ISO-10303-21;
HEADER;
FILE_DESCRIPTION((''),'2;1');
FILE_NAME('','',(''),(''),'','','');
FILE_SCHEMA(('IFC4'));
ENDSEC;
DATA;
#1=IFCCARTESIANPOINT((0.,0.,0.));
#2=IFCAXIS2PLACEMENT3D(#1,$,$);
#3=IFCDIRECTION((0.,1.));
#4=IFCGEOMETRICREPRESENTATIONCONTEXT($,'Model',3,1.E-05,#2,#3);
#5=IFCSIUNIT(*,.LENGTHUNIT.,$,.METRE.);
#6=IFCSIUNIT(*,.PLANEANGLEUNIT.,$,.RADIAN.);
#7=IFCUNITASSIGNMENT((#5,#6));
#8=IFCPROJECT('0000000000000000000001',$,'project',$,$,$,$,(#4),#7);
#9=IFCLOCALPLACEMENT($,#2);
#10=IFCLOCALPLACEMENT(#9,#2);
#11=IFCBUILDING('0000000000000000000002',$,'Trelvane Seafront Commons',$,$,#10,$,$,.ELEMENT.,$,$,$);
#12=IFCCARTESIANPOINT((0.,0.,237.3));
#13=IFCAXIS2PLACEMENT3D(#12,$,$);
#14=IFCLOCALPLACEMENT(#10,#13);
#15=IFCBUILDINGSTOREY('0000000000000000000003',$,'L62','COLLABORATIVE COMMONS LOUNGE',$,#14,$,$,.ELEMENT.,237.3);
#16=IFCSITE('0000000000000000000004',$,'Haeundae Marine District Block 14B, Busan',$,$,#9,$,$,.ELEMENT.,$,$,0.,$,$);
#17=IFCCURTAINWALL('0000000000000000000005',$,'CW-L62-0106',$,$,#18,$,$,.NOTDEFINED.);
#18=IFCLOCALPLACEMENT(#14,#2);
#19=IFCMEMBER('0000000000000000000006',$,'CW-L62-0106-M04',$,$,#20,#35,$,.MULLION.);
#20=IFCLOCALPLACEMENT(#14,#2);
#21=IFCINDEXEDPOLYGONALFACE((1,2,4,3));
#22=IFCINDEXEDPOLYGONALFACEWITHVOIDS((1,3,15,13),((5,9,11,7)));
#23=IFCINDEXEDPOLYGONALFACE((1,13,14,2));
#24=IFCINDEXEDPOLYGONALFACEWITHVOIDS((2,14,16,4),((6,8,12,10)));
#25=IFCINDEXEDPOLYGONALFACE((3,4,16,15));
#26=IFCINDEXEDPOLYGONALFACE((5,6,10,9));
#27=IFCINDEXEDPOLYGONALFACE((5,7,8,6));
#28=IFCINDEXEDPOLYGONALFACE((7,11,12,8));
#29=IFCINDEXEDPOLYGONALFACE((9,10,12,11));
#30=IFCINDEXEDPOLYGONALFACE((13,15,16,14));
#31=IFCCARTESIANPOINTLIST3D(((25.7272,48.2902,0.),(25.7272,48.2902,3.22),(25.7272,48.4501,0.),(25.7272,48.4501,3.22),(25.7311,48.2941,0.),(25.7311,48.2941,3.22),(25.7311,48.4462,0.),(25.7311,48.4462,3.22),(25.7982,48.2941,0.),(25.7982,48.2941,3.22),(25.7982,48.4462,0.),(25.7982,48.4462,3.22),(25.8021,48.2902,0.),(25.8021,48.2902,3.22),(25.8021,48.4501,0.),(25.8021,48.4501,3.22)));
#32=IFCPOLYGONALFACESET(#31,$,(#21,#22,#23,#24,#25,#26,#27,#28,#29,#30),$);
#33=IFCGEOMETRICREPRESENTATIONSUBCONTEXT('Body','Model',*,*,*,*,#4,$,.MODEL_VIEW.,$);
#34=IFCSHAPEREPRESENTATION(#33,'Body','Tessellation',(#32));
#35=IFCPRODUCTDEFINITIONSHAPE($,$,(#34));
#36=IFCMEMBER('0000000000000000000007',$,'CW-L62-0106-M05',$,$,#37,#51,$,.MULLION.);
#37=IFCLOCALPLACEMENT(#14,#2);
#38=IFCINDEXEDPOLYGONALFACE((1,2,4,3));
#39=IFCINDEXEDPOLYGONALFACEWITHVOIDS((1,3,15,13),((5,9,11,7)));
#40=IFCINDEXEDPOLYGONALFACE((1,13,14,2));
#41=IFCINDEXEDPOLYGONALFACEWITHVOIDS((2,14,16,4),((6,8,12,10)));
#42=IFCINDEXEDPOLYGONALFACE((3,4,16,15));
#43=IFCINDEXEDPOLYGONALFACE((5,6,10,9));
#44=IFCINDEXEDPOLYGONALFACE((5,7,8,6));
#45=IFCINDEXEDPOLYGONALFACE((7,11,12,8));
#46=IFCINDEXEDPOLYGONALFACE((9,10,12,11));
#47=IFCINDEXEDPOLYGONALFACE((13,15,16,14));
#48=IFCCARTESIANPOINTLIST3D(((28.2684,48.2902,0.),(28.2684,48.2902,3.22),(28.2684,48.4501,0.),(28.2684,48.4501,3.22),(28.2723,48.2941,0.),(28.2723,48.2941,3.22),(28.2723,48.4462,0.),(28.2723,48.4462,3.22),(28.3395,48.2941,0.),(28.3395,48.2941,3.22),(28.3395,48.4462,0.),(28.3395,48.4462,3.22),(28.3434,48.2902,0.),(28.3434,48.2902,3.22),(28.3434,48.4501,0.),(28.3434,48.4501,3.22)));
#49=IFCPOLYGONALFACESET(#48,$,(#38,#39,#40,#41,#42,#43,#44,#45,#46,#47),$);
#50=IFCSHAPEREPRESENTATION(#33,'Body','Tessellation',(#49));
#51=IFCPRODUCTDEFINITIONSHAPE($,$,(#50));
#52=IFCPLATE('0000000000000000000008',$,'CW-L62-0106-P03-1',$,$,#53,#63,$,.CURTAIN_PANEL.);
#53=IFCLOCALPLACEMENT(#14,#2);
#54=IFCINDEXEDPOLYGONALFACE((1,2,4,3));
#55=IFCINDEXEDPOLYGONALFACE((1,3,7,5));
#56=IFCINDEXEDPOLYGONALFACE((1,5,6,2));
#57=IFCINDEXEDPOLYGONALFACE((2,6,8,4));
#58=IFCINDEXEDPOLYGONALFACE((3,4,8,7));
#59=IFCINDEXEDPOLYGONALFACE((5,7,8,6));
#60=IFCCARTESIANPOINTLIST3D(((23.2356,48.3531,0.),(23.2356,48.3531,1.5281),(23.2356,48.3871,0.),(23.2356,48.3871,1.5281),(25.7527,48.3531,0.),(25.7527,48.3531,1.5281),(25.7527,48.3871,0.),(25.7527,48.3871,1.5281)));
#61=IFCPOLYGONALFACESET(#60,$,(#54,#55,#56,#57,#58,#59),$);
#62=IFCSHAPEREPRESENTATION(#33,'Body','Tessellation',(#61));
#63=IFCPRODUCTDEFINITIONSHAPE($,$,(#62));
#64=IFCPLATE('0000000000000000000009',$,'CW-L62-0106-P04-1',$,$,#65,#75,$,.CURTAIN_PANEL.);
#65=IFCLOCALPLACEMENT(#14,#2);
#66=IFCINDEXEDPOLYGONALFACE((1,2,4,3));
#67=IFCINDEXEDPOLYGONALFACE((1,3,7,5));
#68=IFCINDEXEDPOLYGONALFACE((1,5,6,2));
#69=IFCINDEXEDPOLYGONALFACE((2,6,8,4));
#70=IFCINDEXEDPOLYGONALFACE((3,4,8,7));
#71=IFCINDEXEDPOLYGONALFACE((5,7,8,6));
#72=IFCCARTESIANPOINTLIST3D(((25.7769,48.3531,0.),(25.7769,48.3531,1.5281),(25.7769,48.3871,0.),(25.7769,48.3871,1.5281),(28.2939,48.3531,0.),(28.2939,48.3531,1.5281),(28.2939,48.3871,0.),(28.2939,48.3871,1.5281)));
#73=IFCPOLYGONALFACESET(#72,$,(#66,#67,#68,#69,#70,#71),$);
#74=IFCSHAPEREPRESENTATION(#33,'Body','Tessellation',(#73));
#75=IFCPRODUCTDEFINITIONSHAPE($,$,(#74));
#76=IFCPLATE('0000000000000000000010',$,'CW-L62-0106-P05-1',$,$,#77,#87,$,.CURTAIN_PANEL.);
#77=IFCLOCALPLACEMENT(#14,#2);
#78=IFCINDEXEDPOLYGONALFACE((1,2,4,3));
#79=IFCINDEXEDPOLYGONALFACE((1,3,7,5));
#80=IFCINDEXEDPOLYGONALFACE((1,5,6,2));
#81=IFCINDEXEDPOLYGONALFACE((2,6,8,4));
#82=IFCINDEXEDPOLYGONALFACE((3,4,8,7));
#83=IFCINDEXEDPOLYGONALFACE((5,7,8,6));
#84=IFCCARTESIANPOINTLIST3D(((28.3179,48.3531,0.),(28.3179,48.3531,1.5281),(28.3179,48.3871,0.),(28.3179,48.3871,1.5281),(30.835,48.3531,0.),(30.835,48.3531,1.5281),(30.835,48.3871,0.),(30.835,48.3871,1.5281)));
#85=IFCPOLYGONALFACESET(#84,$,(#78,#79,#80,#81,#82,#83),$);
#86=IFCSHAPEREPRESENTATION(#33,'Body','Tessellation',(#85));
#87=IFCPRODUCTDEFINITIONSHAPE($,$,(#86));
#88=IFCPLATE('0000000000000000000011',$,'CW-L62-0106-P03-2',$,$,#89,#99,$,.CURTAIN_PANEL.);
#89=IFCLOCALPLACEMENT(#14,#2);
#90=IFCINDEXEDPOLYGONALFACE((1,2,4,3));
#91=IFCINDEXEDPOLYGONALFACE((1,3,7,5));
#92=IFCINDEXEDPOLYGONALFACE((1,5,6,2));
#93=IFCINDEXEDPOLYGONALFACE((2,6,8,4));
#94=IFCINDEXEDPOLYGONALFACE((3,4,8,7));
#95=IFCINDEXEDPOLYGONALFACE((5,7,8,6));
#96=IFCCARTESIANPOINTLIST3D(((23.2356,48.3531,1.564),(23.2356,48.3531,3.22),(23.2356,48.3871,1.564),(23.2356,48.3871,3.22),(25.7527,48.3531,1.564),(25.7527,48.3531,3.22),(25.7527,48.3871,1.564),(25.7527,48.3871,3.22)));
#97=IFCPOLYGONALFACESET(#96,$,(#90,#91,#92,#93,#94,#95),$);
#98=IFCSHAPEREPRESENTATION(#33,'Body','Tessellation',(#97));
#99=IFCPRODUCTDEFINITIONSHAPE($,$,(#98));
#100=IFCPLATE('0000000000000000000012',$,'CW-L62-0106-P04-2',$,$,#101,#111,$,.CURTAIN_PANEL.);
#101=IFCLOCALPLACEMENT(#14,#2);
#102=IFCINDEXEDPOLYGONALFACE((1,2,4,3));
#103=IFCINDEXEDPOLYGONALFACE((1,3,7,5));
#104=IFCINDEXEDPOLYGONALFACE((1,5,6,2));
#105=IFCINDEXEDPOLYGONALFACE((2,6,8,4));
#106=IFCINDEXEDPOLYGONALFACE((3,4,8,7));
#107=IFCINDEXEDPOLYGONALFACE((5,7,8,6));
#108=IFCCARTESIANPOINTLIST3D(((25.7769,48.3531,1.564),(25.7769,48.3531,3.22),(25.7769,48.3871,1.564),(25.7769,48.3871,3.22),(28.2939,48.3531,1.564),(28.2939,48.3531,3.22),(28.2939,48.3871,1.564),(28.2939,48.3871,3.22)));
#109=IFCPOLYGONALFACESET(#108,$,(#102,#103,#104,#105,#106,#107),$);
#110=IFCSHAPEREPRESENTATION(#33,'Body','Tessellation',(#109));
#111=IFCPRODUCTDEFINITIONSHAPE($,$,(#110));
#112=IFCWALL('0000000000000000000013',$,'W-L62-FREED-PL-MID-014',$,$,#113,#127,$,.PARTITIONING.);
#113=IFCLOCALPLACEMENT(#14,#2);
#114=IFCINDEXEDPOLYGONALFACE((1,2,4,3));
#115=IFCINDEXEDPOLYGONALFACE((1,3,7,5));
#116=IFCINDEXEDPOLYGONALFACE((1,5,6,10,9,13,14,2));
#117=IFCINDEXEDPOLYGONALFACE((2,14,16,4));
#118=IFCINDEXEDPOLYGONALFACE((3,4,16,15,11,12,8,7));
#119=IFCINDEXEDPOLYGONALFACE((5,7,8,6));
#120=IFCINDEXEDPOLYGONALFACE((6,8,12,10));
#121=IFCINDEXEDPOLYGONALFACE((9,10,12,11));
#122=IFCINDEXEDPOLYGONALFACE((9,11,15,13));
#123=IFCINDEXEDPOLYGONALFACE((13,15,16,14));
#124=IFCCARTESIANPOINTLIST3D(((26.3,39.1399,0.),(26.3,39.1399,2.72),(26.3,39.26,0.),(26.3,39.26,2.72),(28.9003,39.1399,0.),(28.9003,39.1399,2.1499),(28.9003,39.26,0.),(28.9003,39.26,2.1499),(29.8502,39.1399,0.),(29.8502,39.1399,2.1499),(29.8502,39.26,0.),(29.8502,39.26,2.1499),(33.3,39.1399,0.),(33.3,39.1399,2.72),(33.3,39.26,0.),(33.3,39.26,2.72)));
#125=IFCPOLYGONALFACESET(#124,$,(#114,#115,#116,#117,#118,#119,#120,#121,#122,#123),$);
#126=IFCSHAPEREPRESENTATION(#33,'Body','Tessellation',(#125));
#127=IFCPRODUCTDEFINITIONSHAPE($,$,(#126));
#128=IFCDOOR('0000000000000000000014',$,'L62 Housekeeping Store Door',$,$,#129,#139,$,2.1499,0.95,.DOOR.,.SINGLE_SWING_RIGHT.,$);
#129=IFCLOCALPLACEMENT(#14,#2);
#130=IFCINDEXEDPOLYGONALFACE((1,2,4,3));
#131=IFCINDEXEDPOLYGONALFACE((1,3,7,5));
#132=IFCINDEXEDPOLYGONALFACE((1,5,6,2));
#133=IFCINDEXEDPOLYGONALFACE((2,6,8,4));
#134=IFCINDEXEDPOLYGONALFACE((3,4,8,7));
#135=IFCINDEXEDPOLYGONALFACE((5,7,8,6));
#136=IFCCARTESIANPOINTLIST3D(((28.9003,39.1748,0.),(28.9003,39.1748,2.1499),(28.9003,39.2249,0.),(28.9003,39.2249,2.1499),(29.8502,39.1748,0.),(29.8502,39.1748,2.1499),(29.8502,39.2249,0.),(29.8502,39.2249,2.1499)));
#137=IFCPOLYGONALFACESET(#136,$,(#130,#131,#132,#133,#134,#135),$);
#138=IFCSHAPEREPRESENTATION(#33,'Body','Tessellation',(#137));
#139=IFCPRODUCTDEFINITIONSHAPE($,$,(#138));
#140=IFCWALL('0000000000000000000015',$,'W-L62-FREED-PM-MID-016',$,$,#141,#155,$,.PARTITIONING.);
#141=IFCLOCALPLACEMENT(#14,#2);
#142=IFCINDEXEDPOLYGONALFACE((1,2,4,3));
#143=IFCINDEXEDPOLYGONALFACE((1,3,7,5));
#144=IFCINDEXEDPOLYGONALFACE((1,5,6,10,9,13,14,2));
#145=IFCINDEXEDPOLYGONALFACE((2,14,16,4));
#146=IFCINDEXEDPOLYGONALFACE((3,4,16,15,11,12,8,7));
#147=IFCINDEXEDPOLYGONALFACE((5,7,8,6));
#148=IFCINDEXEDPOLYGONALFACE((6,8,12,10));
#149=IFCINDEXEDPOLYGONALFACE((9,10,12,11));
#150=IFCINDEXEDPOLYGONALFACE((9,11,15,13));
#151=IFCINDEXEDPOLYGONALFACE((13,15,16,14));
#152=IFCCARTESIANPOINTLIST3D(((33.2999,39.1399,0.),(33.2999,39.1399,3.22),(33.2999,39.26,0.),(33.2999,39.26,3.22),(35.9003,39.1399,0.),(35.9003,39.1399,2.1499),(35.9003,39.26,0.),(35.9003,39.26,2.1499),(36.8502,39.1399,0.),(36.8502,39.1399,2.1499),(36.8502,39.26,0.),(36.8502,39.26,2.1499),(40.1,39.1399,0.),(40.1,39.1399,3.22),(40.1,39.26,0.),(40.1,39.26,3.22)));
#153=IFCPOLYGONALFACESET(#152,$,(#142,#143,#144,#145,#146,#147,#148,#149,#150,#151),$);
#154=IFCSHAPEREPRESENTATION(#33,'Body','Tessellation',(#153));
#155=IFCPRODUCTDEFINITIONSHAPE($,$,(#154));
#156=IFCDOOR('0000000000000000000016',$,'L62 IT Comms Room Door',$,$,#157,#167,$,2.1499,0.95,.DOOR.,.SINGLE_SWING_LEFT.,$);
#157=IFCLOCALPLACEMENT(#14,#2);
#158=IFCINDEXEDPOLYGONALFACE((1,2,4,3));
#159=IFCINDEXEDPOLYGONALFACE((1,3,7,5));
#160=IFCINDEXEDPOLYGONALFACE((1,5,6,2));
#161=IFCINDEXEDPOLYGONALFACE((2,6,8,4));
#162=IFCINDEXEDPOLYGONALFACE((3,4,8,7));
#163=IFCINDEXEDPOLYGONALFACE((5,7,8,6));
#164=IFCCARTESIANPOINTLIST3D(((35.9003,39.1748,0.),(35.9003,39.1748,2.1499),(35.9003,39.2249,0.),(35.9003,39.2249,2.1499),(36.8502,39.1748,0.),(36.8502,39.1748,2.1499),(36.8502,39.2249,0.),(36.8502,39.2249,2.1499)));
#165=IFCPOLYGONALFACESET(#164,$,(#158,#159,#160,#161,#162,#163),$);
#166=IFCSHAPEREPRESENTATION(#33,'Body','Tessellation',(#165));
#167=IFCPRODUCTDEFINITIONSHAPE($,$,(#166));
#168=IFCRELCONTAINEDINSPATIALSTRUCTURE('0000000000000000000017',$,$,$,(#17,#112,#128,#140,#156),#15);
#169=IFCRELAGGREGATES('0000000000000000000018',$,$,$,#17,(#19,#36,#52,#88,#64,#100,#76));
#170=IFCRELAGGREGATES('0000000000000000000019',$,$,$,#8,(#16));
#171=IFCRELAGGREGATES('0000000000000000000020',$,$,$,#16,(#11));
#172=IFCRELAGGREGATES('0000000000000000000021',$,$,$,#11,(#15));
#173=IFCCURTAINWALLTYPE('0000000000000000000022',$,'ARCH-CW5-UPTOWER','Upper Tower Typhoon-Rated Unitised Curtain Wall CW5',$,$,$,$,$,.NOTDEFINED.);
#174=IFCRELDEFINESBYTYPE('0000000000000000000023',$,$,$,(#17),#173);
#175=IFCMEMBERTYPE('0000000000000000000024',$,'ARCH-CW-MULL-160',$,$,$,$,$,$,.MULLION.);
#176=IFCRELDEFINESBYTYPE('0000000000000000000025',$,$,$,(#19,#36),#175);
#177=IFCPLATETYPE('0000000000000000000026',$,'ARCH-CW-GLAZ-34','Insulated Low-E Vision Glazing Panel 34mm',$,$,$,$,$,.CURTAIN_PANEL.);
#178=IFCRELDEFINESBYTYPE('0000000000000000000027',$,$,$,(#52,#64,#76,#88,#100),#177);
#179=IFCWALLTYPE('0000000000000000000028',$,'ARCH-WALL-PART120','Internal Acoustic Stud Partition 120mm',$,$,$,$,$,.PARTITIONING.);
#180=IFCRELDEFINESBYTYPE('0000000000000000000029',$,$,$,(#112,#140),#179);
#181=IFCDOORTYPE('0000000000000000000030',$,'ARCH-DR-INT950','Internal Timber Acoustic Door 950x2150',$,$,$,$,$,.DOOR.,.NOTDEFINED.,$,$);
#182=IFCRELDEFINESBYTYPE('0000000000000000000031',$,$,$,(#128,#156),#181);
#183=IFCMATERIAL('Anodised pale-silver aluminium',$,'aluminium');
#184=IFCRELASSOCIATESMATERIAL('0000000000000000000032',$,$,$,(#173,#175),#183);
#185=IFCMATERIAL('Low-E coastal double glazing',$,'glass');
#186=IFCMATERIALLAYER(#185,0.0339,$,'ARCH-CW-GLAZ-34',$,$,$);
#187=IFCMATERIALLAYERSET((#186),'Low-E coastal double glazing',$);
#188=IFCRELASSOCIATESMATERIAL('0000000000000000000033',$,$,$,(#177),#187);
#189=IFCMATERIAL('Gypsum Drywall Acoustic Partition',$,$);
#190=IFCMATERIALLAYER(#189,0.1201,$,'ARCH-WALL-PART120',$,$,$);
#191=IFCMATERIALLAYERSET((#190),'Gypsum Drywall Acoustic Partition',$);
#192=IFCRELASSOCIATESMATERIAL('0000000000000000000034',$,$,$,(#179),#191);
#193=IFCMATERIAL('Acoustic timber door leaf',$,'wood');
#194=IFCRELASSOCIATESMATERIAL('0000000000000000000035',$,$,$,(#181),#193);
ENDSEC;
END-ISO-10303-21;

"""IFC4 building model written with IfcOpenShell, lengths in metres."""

from ifc_helpers import new_model, si_unit, direction, frame, frame_2d, origin, origin_2d, place, context, subcontext, project, spatial, rectangle, hollow_rectangle, extrude, source, transform, mapped, material, layer, layer_set, material_profile, profile_set, type_object, element, fill, aggregate, save


model = new_model("IFC4")

# Units and contexts
model_context = context("Model", 3, precision=1e-05, world=origin(), true_north=direction((0.0, 1.0)))
body_context = subcontext(model_context, "Body", "Model", "MODEL_VIEW")
ifc_project = project(units=[si_unit("LENGTHUNIT", "METRE"), si_unit("PLANEANGLEUNIT", "RADIAN")], contexts=[model_context])

# Site, building, storey
site_placement = place(None, origin())
site = spatial("IfcSite", under=ifc_project, at=site_placement, Name="Haeundae Marine District Block 14B, Busan", CompositionType="ELEMENT", RefElevation=0.0)
building_placement = place(site_placement, origin())
building = spatial("IfcBuilding", under=site, at=building_placement, Name="Trelvane Seafront Commons", CompositionType="ELEMENT")
storey_placement = place(building_placement, frame((0.0, 0.0, 237.3)))
storey = spatial("IfcBuildingStorey", under=building, at=storey_placement, Name="L62", Description="COLLABORATIVE COMMONS LOUNGE", CompositionType="ELEMENT", Elevation=237.3)

# Curtain wall, members, plates
ifc_material_1 = material(Name="Anodised pale-silver aluminium", Category="aluminium")
curtain_wall_type = type_object("IfcCurtainWallType", Name="ARCH-CW5-UPTOWER", Description="Upper Tower Typhoon-Rated Unitised Curtain Wall CW5", PredefinedType="NOTDEFINED", material=ifc_material_1)
curtain_wall_placement = place(storey_placement, origin())
curtain_wall = element("IfcCurtainWall", 1, at=curtain_wall_placement, inside=storey, type_object=curtain_wall_type, Name="CW-L62-0106", PredefinedType="NOTDEFINED")
ifc_material_profile_1 = material_profile(ifc_material_1, hollow_rectangle(XDim=0.075, YDim=0.1599, WallThickness=0.0039, at=origin_2d()), Name="MULL-75x160x4")
ifc_profile_set_1 = profile_set([ifc_material_profile_1], Name="Anodised pale-silver aluminium")
member_type_1 = type_object("IfcMemberType", Name="ARCH-CW-MULL-160", PredefinedType="MULLION", material=ifc_profile_set_1)
shared_shape_1 = source(origin(), body_context, "Body", "SweptSolid", [
    extrude(hollow_rectangle(XDim=0.075, YDim=0.1599, WallThickness=0.0039, at=origin_2d()), origin(), (0.0, 0.0, 1.0), 3.22),
])
member_1_placement = place(storey_placement, frame((25.7646, 48.3701, 0.0), z_axis=(0.0, 0.0, 1.0), x_axis=(1.0, 0.0, 0.0)))
member_1 = element("IfcMember", 2, at=member_1_placement, type_object=member_type_1, Name="CW-L62-0106-M04", PredefinedType="MULLION", context=body_context, shape_type="MappedRepresentation", body=[
    mapped(shared_shape_1, transform((0.0, 0.0, 0.0), x_axis=(1.0, 0.0, 0.0), y_axis=(0.0, 1.0, 0.0), z_axis=(0.0, 0.0, 1.0), scale=1.0)),
])
member_2_placement = place(storey_placement, frame((28.3059, 48.3701, 0.0), z_axis=(0.0, 0.0, 1.0), x_axis=(1.0, 0.0, 0.0)))
member_2 = element("IfcMember", 3, at=member_2_placement, type_object=member_type_1, Name="CW-L62-0106-M05", PredefinedType="MULLION", context=body_context, shape_type="MappedRepresentation", body=[
    mapped(shared_shape_1, transform((0.0, 0.0, 0.0), x_axis=(1.0, 0.0, 0.0), y_axis=(0.0, 1.0, 0.0), z_axis=(0.0, 0.0, 1.0), scale=1.0)),
])
ifc_material_2 = material(Name="Low-E coastal double glazing", Category="glass")
ifc_layer_1 = layer(ifc_material_2, 0.0339, Name="ARCH-CW-GLAZ-34")
ifc_layer_set_1 = layer_set([ifc_layer_1], Name="Low-E coastal double glazing")
plate_type = type_object("IfcPlateType", Name="ARCH-CW-GLAZ-34", Description="Insulated Low-E Vision Glazing Panel 34mm", PredefinedType="CURTAIN_PANEL", material=ifc_layer_set_1)
shared_shape_2 = source(origin(), body_context, "Body", "SweptSolid", [
    extrude(rectangle(XDim=2.5171, YDim=0.0339, at=origin_2d()), origin(), (0.0, 0.0, 1.0), 1.5281),
])
plate_1_placement = place(storey_placement, frame((24.4941, 48.3701, 0.0), z_axis=(0.0, 0.0, 1.0), x_axis=(1.0, 0.0, 0.0)))
plate_1 = element("IfcPlate", 4, at=plate_1_placement, type_object=plate_type, Name="CW-L62-0106-P03-1", PredefinedType="CURTAIN_PANEL", context=body_context, shape_type="MappedRepresentation", body=[
    mapped(shared_shape_2, transform((0.0, 0.0, 0.0), x_axis=(1.0, 0.0, 0.0), y_axis=(0.0, 1.0, 0.0), z_axis=(0.0, 0.0, 1.0), scale=1.0)),
])
plate_2_placement = place(storey_placement, frame((27.0354, 48.3701, 0.0), z_axis=(0.0, 0.0, 1.0), x_axis=(1.0, 0.0, 0.0)))
plate_2 = element("IfcPlate", 5, at=plate_2_placement, type_object=plate_type, Name="CW-L62-0106-P04-1", PredefinedType="CURTAIN_PANEL", context=body_context, shape_type="MappedRepresentation", body=[
    mapped(shared_shape_2, transform((0.0, 0.0, 0.0), x_axis=(1.0, 0.0, 0.0), y_axis=(0.0, 1.0, 0.0), z_axis=(0.0, 0.0, 1.0), scale=1.0)),
])
plate_3_placement = place(storey_placement, frame((29.5764, 48.3701, 0.0), z_axis=(0.0, 0.0, 1.0), x_axis=(1.0, 0.0, 0.0)))
plate_3 = element("IfcPlate", 6, at=plate_3_placement, type_object=plate_type, Name="CW-L62-0106-P05-1", PredefinedType="CURTAIN_PANEL", context=body_context, shape_type="MappedRepresentation", body=[
    mapped(shared_shape_2, transform((0.0, 0.0, 0.0), x_axis=(1.0, 0.0, 0.0), y_axis=(0.0, 1.0, 0.0), z_axis=(0.0, 0.0, 1.0), scale=1.0)),
])
shared_shape_3 = source(origin(), body_context, "Body", "SweptSolid", [
    extrude(rectangle(XDim=2.5171, YDim=0.0339, at=origin_2d()), origin(), (0.0, 0.0, 1.0), 1.656),
])
plate_4_placement = place(storey_placement, frame((24.4941, 48.3701, 1.564), z_axis=(0.0, 0.0, 1.0), x_axis=(1.0, 0.0, 0.0)))
plate_4 = element("IfcPlate", 7, at=plate_4_placement, type_object=plate_type, Name="CW-L62-0106-P03-2", PredefinedType="CURTAIN_PANEL", context=body_context, shape_type="MappedRepresentation", body=[
    mapped(shared_shape_3, transform((0.0, 0.0, 0.0), x_axis=(1.0, 0.0, 0.0), y_axis=(0.0, 1.0, 0.0), z_axis=(0.0, 0.0, 1.0), scale=1.0)),
])
plate_5_placement = place(storey_placement, frame((27.0354, 48.3701, 1.564), z_axis=(0.0, 0.0, 1.0), x_axis=(1.0, 0.0, 0.0)))
plate_5 = element("IfcPlate", 8, at=plate_5_placement, type_object=plate_type, Name="CW-L62-0106-P04-2", PredefinedType="CURTAIN_PANEL", context=body_context, shape_type="MappedRepresentation", body=[
    mapped(shared_shape_3, transform((0.0, 0.0, 0.0), x_axis=(1.0, 0.0, 0.0), y_axis=(0.0, 1.0, 0.0), z_axis=(0.0, 0.0, 1.0), scale=1.0)),
])
aggregate(curtain_wall, [member_1, member_2, plate_1, plate_4, plate_2, plate_5, plate_3])

# Walls, openings, doors
ifc_material_3 = material(Name="Gypsum Drywall Acoustic Partition")
ifc_layer_2 = layer(ifc_material_3, 0.1201, Name="ARCH-WALL-PART120")
ifc_layer_set_2 = layer_set([ifc_layer_2], Name="Gypsum Drywall Acoustic Partition")
wall_type_1 = type_object("IfcWallType", Name="ARCH-WALL-PART120", Description="Internal Acoustic Stud Partition 120mm", PredefinedType="PARTITIONING", material=ifc_layer_set_2)
wall_1_placement = place(storey_placement, frame((26.3, 39.2, 0.0), z_axis=(0.0, 0.0, 1.0), x_axis=(1.0, 0.0, 0.0)))
wall_1 = element("IfcWall", 9, at=wall_1_placement, inside=storey, type_object=wall_type_1, Name="W-L62-FREED-PL-MID-014", PredefinedType="PARTITIONING", context=body_context, shape_type="SweptSolid", body=[
    extrude(rectangle(XDim=7.0, YDim=0.1201, at=frame_2d((3.5, 0.0))), origin(), (0.0, 0.0, 1.0), 2.72),
])
opening_1_placement = place(wall_1_placement, frame((2.6001, 0.0, 0.0)))
opening_1 = element("IfcOpeningElement", 10, at=opening_1_placement, cuts=wall_1, PredefinedType="OPENING", context=body_context, shape_type="SweptSolid", body=[
    extrude(rectangle(XDim=0.95, YDim=2.1499, at=frame_2d((0.4751, 1.075))), frame((0.0, 0.0701, 0.0), z_axis=(0.0, -1.0, 0.0), x_axis=(1.0, 0.0, 0.0)), (0.0, 0.0, 1.0), 0.1401),
])
ifc_material_4 = material(Name="Acoustic timber door leaf", Category="wood")
door_type_1 = type_object("IfcDoorType", Name="ARCH-DR-INT950", Description="Internal Timber Acoustic Door 950x2150", OperationType="NOTDEFINED", PredefinedType="DOOR", material=ifc_material_4)
shared_shape_4 = source(origin(), body_context, "Body", "SweptSolid", [
    extrude(rectangle(XDim=0.95, YDim=2.1499, at=frame_2d((0.4751, 1.075))), frame((0.0, 0.0249, 0.0), z_axis=(0.0, -1.0, 0.0), x_axis=(1.0, 0.0, 0.0)), (0.0, 0.0, 1.0), 0.05),
])
door_1_placement = place(opening_1_placement, origin())
door_1 = element("IfcDoor", 11, at=door_1_placement, inside=storey, type_object=door_type_1, Name="L62 Housekeeping Store Door", OperationType="SINGLE_SWING_RIGHT", OverallHeight=2.1499, OverallWidth=0.95, PredefinedType="DOOR", context=body_context, shape_type="MappedRepresentation", body=[
    mapped(shared_shape_4, transform((0.0, 0.0, 0.0), x_axis=(1.0, 0.0, 0.0), y_axis=(0.0, 1.0, 0.0), z_axis=(0.0, 0.0, 1.0), scale=1.0)),
])
fill(opening_1, door_1)
wall_2_placement = place(storey_placement, frame((33.3, 39.2, 0.0), z_axis=(0.0, 0.0, 1.0), x_axis=(1.0, 0.0, 0.0)))
wall_2 = element("IfcWall", 12, at=wall_2_placement, inside=storey, type_object=wall_type_1, Name="W-L62-FREED-PM-MID-016", PredefinedType="PARTITIONING", context=body_context, shape_type="SweptSolid", body=[
    extrude(rectangle(XDim=6.8, YDim=0.1201, at=frame_2d((3.3999, 0.0))), origin(), (0.0, 0.0, 1.0), 3.22),
])
opening_2_placement = place(wall_2_placement, frame((2.6001, 0.0, 0.0)))
opening_2 = element("IfcOpeningElement", 13, at=opening_2_placement, cuts=wall_2, PredefinedType="OPENING", context=body_context, shape_type="SweptSolid", body=[
    extrude(rectangle(XDim=0.95, YDim=2.1499, at=frame_2d((0.4751, 1.075))), frame((0.0, 0.0701, 0.0), z_axis=(0.0, -1.0, 0.0), x_axis=(1.0, 0.0, 0.0)), (0.0, 0.0, 1.0), 0.1401),
])
door_2_placement = place(opening_2_placement, origin())
door_2 = element("IfcDoor", 14, at=door_2_placement, inside=storey, type_object=door_type_1, Name="L62 IT Comms Room Door", OperationType="SINGLE_SWING_LEFT", OverallHeight=2.1499, OverallWidth=0.95, PredefinedType="DOOR", context=body_context, shape_type="MappedRepresentation", body=[
    mapped(shared_shape_4, transform((0.0, 0.0, 0.0), x_axis=(1.0, 0.0, 0.0), y_axis=(0.0, 1.0, 0.0), z_axis=(0.0, 0.0, 1.0), scale=1.0)),
])
fill(opening_2, door_2)

save(model, "model.ifc")
